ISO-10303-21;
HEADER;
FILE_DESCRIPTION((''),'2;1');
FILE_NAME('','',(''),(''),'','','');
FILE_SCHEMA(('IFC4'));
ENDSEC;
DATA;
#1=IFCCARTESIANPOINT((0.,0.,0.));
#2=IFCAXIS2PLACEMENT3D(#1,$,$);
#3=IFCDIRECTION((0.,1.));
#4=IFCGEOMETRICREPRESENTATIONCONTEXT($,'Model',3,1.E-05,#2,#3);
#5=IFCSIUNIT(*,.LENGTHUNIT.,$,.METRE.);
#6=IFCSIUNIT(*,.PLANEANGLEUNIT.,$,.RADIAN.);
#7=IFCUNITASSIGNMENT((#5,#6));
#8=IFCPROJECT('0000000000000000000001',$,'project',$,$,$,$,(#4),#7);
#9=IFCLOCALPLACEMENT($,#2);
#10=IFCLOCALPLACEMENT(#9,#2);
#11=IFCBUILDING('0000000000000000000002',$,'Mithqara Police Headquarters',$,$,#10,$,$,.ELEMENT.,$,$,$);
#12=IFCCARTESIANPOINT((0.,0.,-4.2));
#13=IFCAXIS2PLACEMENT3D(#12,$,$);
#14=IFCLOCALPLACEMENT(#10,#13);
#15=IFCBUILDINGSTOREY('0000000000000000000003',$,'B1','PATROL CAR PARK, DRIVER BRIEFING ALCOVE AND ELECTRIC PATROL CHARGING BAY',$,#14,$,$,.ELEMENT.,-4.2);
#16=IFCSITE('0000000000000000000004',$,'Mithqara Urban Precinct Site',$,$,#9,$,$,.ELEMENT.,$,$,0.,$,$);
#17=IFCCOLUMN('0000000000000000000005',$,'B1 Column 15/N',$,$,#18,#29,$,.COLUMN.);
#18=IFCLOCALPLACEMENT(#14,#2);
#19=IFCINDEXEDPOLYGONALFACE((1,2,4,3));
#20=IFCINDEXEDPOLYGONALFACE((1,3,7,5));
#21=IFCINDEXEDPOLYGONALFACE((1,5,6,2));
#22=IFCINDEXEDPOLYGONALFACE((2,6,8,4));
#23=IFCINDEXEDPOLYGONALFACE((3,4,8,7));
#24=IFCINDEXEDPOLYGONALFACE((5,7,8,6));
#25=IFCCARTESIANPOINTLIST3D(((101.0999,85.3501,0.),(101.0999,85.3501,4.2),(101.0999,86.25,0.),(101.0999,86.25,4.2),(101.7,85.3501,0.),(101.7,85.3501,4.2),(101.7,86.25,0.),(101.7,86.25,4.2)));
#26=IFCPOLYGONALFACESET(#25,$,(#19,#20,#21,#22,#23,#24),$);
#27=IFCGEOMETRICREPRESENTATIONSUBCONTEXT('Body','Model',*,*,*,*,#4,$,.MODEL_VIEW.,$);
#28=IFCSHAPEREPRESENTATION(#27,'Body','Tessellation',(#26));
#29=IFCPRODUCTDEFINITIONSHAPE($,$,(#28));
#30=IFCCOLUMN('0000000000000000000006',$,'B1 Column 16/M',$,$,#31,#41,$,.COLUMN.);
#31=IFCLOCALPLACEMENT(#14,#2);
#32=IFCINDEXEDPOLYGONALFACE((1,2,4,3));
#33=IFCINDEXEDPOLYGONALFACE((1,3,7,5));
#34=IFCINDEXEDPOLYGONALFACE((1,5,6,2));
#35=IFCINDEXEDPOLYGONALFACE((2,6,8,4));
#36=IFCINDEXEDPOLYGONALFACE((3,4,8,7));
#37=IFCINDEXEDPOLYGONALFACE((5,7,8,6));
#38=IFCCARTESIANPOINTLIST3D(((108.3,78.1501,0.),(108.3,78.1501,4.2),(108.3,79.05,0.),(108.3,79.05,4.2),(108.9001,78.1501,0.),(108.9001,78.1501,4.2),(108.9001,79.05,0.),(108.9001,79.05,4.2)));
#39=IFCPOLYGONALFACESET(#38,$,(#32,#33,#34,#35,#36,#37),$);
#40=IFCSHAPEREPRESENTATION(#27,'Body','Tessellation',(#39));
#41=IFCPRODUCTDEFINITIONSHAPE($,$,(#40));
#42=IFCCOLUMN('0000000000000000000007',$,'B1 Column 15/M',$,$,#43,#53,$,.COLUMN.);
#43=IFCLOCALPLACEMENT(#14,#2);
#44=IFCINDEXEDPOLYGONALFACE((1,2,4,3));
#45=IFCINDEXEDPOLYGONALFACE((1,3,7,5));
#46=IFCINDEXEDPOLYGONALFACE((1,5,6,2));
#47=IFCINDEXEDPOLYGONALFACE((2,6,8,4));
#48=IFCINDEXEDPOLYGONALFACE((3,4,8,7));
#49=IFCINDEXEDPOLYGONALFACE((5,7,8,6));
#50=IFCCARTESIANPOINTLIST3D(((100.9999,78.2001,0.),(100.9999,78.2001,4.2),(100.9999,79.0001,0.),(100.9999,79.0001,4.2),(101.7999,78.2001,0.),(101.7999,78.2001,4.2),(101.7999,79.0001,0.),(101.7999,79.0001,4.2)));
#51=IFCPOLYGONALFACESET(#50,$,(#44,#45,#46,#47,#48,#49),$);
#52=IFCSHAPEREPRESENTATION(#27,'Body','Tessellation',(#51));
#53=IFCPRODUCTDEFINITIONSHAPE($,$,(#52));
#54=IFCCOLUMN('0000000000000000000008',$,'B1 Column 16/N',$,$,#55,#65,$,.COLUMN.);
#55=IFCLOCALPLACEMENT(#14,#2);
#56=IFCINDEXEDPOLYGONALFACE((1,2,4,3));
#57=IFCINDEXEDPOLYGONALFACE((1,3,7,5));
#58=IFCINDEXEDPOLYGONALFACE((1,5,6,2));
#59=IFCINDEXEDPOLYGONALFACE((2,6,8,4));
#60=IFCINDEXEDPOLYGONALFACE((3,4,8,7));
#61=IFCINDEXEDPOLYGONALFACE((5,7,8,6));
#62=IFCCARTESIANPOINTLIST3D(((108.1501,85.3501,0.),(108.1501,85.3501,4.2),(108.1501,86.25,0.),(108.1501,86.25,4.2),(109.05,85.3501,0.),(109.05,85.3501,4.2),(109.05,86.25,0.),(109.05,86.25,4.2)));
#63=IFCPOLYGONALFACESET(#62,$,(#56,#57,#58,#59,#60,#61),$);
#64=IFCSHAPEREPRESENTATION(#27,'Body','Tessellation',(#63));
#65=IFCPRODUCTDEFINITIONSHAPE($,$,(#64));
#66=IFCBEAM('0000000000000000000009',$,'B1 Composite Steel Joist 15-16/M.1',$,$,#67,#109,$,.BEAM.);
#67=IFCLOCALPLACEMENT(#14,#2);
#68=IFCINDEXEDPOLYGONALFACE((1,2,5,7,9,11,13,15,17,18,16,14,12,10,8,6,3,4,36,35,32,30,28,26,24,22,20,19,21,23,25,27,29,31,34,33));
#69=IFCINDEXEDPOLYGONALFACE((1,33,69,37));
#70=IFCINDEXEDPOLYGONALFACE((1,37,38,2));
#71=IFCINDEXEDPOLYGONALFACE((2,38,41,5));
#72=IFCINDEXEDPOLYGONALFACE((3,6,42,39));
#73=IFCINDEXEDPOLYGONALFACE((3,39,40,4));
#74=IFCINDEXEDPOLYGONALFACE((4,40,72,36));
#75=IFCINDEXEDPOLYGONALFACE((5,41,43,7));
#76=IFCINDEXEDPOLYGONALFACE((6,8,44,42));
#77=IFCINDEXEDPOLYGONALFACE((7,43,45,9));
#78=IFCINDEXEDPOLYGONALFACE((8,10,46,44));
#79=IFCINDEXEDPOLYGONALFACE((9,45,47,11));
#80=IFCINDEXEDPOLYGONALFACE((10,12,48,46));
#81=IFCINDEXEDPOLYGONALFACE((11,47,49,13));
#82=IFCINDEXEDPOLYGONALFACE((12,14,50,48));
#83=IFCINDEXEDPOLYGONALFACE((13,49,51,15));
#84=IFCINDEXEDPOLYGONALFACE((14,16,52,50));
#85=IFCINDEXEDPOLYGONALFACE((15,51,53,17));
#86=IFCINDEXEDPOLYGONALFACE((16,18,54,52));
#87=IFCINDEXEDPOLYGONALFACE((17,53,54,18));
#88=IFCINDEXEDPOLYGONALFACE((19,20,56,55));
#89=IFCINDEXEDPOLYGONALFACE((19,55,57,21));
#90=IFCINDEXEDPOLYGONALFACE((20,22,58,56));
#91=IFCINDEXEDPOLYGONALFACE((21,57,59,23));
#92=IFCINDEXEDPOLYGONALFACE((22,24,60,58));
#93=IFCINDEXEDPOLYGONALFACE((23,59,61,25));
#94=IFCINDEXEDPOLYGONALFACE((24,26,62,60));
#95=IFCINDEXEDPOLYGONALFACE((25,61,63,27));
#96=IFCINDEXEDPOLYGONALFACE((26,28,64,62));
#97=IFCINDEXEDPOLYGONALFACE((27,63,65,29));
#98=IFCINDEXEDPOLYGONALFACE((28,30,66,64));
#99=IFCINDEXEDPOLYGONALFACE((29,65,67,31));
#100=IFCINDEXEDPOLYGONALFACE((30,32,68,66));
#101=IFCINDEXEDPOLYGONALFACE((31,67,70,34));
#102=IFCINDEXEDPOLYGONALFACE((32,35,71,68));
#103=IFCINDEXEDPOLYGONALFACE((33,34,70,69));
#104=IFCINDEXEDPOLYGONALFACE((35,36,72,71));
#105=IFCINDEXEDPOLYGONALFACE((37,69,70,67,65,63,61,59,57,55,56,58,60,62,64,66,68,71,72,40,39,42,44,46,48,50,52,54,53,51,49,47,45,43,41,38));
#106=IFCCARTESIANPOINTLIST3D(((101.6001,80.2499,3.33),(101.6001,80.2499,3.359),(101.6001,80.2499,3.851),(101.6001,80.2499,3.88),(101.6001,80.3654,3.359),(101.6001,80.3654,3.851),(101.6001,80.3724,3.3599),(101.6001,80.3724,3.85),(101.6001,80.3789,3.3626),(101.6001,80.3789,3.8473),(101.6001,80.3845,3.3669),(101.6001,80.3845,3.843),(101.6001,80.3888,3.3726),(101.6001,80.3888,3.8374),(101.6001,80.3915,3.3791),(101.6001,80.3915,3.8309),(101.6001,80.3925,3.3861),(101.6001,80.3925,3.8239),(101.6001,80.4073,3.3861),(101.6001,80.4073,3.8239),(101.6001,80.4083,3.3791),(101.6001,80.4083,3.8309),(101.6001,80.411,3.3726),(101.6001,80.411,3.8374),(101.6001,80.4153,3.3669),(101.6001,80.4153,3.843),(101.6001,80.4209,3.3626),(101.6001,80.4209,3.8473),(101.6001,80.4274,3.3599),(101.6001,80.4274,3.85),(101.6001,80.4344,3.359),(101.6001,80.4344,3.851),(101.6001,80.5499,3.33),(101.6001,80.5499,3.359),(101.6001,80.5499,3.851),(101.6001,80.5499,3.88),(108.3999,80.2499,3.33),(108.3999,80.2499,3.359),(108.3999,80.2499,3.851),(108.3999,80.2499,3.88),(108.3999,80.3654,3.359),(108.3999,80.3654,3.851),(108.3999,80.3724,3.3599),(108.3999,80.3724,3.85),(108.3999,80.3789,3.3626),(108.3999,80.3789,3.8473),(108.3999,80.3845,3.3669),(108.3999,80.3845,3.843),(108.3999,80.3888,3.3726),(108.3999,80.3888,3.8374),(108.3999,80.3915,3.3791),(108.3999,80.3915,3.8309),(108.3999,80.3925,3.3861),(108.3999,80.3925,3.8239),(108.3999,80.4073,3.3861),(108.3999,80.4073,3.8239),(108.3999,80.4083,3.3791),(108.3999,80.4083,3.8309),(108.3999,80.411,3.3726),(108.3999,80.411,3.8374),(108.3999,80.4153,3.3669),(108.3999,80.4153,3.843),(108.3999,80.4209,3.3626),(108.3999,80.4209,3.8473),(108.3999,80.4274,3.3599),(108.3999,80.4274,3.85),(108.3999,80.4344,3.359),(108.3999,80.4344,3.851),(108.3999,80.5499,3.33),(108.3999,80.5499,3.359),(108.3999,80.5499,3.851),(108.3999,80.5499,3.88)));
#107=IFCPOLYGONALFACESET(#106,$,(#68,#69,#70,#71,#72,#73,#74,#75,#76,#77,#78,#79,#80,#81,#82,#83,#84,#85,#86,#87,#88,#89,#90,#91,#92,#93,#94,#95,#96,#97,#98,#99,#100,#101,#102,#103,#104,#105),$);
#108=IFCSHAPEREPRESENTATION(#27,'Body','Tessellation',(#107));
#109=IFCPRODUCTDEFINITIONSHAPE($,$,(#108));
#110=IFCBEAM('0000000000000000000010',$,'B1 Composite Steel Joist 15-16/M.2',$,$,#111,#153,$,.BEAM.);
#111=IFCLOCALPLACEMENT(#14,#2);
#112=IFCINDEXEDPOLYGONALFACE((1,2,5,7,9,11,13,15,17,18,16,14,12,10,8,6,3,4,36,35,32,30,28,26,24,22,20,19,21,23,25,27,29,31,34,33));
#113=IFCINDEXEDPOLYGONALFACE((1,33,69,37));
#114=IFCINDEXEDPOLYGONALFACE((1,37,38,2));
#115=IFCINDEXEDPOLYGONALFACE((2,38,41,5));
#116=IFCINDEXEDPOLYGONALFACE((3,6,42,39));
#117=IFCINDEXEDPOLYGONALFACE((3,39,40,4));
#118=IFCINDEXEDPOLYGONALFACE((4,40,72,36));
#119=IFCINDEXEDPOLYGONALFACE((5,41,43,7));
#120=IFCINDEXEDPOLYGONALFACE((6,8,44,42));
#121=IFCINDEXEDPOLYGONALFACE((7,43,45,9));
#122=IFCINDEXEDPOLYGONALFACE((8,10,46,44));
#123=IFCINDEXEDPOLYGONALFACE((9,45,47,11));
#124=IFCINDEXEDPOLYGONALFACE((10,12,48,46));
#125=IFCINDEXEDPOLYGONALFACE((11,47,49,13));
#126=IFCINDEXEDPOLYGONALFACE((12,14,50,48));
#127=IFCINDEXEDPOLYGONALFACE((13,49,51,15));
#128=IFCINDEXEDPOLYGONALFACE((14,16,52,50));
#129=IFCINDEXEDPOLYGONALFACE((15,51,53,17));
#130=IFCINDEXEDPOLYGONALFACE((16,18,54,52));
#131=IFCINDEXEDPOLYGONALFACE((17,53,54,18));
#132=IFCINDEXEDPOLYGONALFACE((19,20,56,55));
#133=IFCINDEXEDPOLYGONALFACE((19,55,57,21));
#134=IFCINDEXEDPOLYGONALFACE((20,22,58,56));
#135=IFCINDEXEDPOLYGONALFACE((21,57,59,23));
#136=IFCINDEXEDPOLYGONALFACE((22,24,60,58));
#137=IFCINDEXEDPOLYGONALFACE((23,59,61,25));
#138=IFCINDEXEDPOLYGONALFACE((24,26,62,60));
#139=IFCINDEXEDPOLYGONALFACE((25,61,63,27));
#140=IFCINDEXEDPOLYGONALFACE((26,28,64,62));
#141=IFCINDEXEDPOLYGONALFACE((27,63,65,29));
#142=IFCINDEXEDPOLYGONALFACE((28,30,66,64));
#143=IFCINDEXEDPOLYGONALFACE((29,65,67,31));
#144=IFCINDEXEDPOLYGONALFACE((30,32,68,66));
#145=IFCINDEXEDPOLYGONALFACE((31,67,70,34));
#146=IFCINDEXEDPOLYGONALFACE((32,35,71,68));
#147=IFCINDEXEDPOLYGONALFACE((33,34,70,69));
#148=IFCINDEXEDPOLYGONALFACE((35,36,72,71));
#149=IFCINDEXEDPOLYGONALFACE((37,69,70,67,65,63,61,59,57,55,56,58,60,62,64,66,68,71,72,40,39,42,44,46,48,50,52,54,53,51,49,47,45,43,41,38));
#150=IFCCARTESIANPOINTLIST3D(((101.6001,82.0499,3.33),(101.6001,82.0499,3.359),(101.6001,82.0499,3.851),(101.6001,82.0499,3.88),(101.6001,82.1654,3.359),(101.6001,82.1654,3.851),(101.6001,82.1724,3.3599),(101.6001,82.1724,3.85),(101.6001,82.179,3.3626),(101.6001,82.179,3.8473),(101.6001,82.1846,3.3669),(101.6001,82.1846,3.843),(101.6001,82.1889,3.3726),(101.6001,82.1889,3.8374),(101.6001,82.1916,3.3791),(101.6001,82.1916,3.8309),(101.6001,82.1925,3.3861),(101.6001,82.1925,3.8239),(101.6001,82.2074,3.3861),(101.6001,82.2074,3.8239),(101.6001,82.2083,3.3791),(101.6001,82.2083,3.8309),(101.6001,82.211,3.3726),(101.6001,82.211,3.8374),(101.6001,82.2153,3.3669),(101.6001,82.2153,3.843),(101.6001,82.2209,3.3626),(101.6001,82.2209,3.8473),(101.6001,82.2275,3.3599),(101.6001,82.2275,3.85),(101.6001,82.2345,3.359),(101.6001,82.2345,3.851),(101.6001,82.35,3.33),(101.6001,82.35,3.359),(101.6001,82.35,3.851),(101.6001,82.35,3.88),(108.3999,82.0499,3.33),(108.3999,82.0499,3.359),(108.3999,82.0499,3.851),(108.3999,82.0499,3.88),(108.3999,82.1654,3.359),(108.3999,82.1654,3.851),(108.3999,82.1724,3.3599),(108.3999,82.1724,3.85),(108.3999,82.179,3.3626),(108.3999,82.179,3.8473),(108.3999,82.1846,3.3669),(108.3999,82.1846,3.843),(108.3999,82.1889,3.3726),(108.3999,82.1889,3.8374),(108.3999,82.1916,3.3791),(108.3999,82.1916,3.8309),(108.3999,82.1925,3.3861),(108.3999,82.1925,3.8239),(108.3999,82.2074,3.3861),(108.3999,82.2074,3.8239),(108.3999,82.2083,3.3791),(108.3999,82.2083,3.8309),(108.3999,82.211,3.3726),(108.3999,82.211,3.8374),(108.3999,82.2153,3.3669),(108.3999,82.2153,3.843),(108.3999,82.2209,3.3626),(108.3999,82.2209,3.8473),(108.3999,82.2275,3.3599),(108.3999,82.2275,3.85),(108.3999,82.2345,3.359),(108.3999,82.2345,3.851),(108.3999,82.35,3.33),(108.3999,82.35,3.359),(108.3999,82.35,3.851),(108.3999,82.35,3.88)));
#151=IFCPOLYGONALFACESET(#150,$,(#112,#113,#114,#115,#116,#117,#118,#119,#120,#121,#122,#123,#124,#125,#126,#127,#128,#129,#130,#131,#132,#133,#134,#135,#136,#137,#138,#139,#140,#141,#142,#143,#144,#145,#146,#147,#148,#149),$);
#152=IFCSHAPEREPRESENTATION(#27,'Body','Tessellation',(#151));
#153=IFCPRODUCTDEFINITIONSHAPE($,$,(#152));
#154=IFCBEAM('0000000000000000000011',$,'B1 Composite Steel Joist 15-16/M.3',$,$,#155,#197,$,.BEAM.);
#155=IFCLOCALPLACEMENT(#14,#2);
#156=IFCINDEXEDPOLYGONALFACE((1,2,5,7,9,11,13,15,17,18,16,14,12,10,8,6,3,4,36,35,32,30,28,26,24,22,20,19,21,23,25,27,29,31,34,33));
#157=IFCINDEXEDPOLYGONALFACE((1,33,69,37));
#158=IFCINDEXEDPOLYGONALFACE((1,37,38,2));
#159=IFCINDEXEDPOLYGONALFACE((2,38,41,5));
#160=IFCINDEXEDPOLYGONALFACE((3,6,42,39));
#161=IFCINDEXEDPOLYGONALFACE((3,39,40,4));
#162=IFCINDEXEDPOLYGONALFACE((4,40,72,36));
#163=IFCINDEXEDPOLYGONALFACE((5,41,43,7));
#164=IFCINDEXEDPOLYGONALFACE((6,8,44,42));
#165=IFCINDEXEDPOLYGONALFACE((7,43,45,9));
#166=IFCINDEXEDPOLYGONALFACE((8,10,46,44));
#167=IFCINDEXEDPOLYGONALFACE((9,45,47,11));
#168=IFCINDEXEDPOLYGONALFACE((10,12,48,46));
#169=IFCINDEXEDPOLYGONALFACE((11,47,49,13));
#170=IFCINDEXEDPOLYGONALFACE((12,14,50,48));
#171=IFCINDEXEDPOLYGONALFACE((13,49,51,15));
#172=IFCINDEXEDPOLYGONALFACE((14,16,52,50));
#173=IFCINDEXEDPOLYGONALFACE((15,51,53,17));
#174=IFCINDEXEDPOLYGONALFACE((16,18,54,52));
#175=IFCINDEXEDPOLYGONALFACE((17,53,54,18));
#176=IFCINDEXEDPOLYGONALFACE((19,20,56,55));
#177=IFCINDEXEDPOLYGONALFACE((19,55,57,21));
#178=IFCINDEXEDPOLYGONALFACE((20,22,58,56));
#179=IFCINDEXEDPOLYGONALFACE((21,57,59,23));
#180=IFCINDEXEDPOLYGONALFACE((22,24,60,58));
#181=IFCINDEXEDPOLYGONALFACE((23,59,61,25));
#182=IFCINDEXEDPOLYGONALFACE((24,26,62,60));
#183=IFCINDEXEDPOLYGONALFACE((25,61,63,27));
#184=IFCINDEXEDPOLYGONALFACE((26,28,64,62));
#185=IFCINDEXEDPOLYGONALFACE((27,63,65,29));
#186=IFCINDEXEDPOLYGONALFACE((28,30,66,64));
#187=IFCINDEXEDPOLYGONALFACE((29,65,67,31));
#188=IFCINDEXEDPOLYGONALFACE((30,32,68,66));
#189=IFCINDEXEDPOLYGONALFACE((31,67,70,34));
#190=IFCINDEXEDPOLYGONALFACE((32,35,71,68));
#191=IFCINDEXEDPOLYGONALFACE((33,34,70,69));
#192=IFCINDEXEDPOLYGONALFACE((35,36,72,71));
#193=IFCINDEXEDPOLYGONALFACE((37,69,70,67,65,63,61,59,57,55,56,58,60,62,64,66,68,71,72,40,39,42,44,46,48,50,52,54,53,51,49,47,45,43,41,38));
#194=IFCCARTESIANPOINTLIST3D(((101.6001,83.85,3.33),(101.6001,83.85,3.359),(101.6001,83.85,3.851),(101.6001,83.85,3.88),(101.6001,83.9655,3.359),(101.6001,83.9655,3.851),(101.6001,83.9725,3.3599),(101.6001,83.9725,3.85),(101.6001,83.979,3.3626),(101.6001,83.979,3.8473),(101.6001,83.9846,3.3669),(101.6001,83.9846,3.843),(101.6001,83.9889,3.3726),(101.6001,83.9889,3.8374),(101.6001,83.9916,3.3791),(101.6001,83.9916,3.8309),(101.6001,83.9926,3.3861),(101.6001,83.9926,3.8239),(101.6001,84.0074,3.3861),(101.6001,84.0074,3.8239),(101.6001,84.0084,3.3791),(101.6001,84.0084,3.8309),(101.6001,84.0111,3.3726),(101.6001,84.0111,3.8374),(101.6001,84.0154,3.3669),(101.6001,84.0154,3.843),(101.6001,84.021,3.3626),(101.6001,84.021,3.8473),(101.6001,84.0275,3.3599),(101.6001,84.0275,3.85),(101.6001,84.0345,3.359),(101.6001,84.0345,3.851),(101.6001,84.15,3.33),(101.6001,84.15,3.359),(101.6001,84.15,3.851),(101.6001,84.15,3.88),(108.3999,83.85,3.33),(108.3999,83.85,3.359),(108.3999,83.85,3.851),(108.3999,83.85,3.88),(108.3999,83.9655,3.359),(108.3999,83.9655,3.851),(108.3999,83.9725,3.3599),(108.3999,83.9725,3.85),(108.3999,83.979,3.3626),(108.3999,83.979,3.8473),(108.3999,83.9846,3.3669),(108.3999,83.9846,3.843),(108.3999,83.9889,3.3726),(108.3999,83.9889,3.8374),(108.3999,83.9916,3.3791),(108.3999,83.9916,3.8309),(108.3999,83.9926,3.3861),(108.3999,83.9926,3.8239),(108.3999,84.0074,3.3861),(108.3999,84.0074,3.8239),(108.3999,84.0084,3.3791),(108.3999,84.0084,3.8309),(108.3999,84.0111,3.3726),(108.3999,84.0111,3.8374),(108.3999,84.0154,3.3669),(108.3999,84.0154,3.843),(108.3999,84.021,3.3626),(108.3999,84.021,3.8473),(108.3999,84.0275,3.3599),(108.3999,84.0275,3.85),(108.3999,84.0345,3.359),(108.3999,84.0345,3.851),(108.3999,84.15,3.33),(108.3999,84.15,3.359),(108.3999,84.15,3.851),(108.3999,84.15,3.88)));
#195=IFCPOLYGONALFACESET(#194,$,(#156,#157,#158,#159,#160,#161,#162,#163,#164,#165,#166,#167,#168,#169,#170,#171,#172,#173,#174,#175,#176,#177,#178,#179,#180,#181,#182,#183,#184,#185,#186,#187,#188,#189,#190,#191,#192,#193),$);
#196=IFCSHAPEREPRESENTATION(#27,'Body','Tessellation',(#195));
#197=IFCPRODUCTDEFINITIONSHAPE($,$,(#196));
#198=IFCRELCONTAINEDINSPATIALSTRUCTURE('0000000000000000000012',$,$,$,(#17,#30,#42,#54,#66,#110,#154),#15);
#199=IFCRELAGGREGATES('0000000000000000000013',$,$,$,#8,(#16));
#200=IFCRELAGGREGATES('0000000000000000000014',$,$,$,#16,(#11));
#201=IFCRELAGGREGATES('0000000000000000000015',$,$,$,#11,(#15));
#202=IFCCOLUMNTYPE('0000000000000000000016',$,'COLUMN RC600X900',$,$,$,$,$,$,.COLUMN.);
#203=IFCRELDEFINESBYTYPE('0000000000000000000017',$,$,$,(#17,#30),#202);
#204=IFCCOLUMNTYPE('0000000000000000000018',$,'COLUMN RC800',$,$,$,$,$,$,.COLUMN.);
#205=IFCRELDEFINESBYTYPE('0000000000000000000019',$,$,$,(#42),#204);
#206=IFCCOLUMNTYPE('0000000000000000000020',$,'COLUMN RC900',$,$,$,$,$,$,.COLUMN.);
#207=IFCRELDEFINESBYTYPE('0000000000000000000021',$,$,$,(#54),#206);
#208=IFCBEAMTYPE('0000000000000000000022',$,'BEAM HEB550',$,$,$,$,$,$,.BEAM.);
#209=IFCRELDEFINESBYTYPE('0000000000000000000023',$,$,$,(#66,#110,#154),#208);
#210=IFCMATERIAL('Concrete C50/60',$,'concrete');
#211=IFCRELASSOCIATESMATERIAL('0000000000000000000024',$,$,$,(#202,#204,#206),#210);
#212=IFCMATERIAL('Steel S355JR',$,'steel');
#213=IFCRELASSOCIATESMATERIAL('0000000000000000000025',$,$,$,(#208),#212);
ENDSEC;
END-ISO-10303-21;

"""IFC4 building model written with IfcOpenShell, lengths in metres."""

from ifc_helpers import new_model, si_unit, direction, frame, origin, origin_2d, place, context, subcontext, project, spatial, rectangle, i_section, extrude, material, material_profile, profile_set, type_object, element, save


model = new_model("IFC4")

# Units and contexts
model_context = context("Model", 3, precision=1e-05, world=origin(), true_north=direction((0.0, 1.0)))
body_context = subcontext(model_context, "Body", "Model", "MODEL_VIEW")
ifc_project = project(units=[si_unit("LENGTHUNIT", "METRE"), si_unit("PLANEANGLEUNIT", "RADIAN")], contexts=[model_context])

# Site, building, storey
site_placement = place(None, origin())
site = spatial("IfcSite", under=ifc_project, at=site_placement, Name="Mithqara Urban Precinct Site", CompositionType="ELEMENT", RefElevation=0.0)
building_placement = place(site_placement, origin())
building = spatial("IfcBuilding", under=site, at=building_placement, Name="Mithqara Police Headquarters", CompositionType="ELEMENT")
storey_placement = place(building_placement, frame((0.0, 0.0, -4.2)))
storey = spatial("IfcBuildingStorey", under=building, at=storey_placement, Name="B1", Description="PATROL CAR PARK, DRIVER BRIEFING ALCOVE AND ELECTRIC PATROL CHARGING BAY", CompositionType="ELEMENT", Elevation=-4.2)

# Columns
ifc_material_1 = material(Name="Concrete C50/60", Category="concrete")
ifc_material_profile_1 = material_profile(ifc_material_1, rectangle(XDim=0.6001, YDim=0.8999, at=origin_2d()), Name="RC 600x900")
ifc_profile_set_1 = profile_set([ifc_material_profile_1], Name="Concrete C50/60")
column_type_1 = type_object("IfcColumnType", Name="COLUMN RC600X900", PredefinedType="COLUMN", material=ifc_profile_set_1)
for number, where, z_axis, x_axis, name in (
    (1, (101.3999, 85.8, 0.0), (0.0, 0.0, 1.0), (1.0, 0.0, 0.0), "B1 Column 15/N"),
    (2, (108.6001, 78.6001, 0.0), (0.0, 0.0, 1.0), (1.0, 0.0, 0.0), "B1 Column 16/M"),
):
    element("IfcColumn", number, at=place(storey_placement, frame(where, z_axis=z_axis, x_axis=x_axis)), inside=storey, type_object=column_type_1, Name=name, PredefinedType="COLUMN", context=body_context, shape_type="SweptSolid", body=[
        extrude(rectangle(XDim=0.6001, YDim=0.8999, at=origin_2d()), origin(), (0.0, 0.0, 1.0), 4.2),
    ])
ifc_material_profile_2 = material_profile(ifc_material_1, rectangle(XDim=0.8, YDim=0.8, at=origin_2d()), Name="RC 800x800")
ifc_profile_set_2 = profile_set([ifc_material_profile_2], Name="Concrete C50/60")
column_type_2 = type_object("IfcColumnType", Name="COLUMN RC800", PredefinedType="COLUMN", material=ifc_profile_set_2)
column_1_placement = place(storey_placement, frame((101.3999, 78.6001, 0.0), z_axis=(0.0, 0.0, 1.0), x_axis=(1.0, 0.0, 0.0)))
element("IfcColumn", 3, at=column_1_placement, inside=storey, type_object=column_type_2, Name="B1 Column 15/M", PredefinedType="COLUMN", context=body_context, shape_type="SweptSolid", body=[
    extrude(rectangle(XDim=0.8, YDim=0.8, at=origin_2d()), origin(), (0.0, 0.0, 1.0), 4.2),
])
ifc_material_profile_3 = material_profile(ifc_material_1, rectangle(XDim=0.8999, YDim=0.8999, at=origin_2d()), Name="RC 900x900")
ifc_profile_set_3 = profile_set([ifc_material_profile_3], Name="Concrete C50/60")
column_type_3 = type_object("IfcColumnType", Name="COLUMN RC900", PredefinedType="COLUMN", material=ifc_profile_set_3)
column_2_placement = place(storey_placement, frame((108.6001, 85.8, 0.0), z_axis=(0.0, 0.0, 1.0), x_axis=(1.0, 0.0, 0.0)))
element("IfcColumn", 4, at=column_2_placement, inside=storey, type_object=column_type_3, Name="B1 Column 16/N", PredefinedType="COLUMN", context=body_context, shape_type="SweptSolid", body=[
    extrude(rectangle(XDim=0.8999, YDim=0.8999, at=origin_2d()), origin(), (0.0, 0.0, 1.0), 4.2),
])

# Beams
ifc_material_2 = material(Name="Steel S355JR", Category="steel")
ifc_material_profile_4 = material_profile(ifc_material_2, i_section(OverallWidth=0.3, OverallDepth=0.55, WebThickness=0.0149, FlangeThickness=0.0291, FilletRadius=0.0271, at=origin_2d()), Name="HEB 550")
ifc_profile_set_4 = profile_set([ifc_material_profile_4], Name="Steel S355JR")
beam_type_1 = type_object("IfcBeamType", Name="BEAM HEB550", PredefinedType="BEAM", material=ifc_profile_set_4)
for number, where, z_axis, x_axis, name in (
    (5, (101.6001, 80.3999, 3.605), (1.0, 0.0, 0.0), (0.0, 1.0, 0.0), "B1 Composite Steel Joist 15-16/M.1"),
    (6, (101.6001, 82.2, 3.605), (1.0, 0.0, 0.0), (0.0, 1.0, 0.0), "B1 Composite Steel Joist 15-16/M.2"),
    (7, (101.6001, 84.0, 3.605), (1.0, 0.0, 0.0), (0.0, 1.0, 0.0), "B1 Composite Steel Joist 15-16/M.3"),
):
    element("IfcBeam", number, at=place(storey_placement, frame(where, z_axis=z_axis, x_axis=x_axis)), inside=storey, type_object=beam_type_1, Name=name, PredefinedType="BEAM", context=body_context, shape_type="SweptSolid", body=[
        extrude(i_section(OverallWidth=0.3, OverallDepth=0.55, WebThickness=0.0149, FlangeThickness=0.0291, FilletRadius=0.0271, at=origin_2d()), origin(), (0.0, 0.0, 1.0), 6.7998),
    ])

save(model, "model.ifc")
